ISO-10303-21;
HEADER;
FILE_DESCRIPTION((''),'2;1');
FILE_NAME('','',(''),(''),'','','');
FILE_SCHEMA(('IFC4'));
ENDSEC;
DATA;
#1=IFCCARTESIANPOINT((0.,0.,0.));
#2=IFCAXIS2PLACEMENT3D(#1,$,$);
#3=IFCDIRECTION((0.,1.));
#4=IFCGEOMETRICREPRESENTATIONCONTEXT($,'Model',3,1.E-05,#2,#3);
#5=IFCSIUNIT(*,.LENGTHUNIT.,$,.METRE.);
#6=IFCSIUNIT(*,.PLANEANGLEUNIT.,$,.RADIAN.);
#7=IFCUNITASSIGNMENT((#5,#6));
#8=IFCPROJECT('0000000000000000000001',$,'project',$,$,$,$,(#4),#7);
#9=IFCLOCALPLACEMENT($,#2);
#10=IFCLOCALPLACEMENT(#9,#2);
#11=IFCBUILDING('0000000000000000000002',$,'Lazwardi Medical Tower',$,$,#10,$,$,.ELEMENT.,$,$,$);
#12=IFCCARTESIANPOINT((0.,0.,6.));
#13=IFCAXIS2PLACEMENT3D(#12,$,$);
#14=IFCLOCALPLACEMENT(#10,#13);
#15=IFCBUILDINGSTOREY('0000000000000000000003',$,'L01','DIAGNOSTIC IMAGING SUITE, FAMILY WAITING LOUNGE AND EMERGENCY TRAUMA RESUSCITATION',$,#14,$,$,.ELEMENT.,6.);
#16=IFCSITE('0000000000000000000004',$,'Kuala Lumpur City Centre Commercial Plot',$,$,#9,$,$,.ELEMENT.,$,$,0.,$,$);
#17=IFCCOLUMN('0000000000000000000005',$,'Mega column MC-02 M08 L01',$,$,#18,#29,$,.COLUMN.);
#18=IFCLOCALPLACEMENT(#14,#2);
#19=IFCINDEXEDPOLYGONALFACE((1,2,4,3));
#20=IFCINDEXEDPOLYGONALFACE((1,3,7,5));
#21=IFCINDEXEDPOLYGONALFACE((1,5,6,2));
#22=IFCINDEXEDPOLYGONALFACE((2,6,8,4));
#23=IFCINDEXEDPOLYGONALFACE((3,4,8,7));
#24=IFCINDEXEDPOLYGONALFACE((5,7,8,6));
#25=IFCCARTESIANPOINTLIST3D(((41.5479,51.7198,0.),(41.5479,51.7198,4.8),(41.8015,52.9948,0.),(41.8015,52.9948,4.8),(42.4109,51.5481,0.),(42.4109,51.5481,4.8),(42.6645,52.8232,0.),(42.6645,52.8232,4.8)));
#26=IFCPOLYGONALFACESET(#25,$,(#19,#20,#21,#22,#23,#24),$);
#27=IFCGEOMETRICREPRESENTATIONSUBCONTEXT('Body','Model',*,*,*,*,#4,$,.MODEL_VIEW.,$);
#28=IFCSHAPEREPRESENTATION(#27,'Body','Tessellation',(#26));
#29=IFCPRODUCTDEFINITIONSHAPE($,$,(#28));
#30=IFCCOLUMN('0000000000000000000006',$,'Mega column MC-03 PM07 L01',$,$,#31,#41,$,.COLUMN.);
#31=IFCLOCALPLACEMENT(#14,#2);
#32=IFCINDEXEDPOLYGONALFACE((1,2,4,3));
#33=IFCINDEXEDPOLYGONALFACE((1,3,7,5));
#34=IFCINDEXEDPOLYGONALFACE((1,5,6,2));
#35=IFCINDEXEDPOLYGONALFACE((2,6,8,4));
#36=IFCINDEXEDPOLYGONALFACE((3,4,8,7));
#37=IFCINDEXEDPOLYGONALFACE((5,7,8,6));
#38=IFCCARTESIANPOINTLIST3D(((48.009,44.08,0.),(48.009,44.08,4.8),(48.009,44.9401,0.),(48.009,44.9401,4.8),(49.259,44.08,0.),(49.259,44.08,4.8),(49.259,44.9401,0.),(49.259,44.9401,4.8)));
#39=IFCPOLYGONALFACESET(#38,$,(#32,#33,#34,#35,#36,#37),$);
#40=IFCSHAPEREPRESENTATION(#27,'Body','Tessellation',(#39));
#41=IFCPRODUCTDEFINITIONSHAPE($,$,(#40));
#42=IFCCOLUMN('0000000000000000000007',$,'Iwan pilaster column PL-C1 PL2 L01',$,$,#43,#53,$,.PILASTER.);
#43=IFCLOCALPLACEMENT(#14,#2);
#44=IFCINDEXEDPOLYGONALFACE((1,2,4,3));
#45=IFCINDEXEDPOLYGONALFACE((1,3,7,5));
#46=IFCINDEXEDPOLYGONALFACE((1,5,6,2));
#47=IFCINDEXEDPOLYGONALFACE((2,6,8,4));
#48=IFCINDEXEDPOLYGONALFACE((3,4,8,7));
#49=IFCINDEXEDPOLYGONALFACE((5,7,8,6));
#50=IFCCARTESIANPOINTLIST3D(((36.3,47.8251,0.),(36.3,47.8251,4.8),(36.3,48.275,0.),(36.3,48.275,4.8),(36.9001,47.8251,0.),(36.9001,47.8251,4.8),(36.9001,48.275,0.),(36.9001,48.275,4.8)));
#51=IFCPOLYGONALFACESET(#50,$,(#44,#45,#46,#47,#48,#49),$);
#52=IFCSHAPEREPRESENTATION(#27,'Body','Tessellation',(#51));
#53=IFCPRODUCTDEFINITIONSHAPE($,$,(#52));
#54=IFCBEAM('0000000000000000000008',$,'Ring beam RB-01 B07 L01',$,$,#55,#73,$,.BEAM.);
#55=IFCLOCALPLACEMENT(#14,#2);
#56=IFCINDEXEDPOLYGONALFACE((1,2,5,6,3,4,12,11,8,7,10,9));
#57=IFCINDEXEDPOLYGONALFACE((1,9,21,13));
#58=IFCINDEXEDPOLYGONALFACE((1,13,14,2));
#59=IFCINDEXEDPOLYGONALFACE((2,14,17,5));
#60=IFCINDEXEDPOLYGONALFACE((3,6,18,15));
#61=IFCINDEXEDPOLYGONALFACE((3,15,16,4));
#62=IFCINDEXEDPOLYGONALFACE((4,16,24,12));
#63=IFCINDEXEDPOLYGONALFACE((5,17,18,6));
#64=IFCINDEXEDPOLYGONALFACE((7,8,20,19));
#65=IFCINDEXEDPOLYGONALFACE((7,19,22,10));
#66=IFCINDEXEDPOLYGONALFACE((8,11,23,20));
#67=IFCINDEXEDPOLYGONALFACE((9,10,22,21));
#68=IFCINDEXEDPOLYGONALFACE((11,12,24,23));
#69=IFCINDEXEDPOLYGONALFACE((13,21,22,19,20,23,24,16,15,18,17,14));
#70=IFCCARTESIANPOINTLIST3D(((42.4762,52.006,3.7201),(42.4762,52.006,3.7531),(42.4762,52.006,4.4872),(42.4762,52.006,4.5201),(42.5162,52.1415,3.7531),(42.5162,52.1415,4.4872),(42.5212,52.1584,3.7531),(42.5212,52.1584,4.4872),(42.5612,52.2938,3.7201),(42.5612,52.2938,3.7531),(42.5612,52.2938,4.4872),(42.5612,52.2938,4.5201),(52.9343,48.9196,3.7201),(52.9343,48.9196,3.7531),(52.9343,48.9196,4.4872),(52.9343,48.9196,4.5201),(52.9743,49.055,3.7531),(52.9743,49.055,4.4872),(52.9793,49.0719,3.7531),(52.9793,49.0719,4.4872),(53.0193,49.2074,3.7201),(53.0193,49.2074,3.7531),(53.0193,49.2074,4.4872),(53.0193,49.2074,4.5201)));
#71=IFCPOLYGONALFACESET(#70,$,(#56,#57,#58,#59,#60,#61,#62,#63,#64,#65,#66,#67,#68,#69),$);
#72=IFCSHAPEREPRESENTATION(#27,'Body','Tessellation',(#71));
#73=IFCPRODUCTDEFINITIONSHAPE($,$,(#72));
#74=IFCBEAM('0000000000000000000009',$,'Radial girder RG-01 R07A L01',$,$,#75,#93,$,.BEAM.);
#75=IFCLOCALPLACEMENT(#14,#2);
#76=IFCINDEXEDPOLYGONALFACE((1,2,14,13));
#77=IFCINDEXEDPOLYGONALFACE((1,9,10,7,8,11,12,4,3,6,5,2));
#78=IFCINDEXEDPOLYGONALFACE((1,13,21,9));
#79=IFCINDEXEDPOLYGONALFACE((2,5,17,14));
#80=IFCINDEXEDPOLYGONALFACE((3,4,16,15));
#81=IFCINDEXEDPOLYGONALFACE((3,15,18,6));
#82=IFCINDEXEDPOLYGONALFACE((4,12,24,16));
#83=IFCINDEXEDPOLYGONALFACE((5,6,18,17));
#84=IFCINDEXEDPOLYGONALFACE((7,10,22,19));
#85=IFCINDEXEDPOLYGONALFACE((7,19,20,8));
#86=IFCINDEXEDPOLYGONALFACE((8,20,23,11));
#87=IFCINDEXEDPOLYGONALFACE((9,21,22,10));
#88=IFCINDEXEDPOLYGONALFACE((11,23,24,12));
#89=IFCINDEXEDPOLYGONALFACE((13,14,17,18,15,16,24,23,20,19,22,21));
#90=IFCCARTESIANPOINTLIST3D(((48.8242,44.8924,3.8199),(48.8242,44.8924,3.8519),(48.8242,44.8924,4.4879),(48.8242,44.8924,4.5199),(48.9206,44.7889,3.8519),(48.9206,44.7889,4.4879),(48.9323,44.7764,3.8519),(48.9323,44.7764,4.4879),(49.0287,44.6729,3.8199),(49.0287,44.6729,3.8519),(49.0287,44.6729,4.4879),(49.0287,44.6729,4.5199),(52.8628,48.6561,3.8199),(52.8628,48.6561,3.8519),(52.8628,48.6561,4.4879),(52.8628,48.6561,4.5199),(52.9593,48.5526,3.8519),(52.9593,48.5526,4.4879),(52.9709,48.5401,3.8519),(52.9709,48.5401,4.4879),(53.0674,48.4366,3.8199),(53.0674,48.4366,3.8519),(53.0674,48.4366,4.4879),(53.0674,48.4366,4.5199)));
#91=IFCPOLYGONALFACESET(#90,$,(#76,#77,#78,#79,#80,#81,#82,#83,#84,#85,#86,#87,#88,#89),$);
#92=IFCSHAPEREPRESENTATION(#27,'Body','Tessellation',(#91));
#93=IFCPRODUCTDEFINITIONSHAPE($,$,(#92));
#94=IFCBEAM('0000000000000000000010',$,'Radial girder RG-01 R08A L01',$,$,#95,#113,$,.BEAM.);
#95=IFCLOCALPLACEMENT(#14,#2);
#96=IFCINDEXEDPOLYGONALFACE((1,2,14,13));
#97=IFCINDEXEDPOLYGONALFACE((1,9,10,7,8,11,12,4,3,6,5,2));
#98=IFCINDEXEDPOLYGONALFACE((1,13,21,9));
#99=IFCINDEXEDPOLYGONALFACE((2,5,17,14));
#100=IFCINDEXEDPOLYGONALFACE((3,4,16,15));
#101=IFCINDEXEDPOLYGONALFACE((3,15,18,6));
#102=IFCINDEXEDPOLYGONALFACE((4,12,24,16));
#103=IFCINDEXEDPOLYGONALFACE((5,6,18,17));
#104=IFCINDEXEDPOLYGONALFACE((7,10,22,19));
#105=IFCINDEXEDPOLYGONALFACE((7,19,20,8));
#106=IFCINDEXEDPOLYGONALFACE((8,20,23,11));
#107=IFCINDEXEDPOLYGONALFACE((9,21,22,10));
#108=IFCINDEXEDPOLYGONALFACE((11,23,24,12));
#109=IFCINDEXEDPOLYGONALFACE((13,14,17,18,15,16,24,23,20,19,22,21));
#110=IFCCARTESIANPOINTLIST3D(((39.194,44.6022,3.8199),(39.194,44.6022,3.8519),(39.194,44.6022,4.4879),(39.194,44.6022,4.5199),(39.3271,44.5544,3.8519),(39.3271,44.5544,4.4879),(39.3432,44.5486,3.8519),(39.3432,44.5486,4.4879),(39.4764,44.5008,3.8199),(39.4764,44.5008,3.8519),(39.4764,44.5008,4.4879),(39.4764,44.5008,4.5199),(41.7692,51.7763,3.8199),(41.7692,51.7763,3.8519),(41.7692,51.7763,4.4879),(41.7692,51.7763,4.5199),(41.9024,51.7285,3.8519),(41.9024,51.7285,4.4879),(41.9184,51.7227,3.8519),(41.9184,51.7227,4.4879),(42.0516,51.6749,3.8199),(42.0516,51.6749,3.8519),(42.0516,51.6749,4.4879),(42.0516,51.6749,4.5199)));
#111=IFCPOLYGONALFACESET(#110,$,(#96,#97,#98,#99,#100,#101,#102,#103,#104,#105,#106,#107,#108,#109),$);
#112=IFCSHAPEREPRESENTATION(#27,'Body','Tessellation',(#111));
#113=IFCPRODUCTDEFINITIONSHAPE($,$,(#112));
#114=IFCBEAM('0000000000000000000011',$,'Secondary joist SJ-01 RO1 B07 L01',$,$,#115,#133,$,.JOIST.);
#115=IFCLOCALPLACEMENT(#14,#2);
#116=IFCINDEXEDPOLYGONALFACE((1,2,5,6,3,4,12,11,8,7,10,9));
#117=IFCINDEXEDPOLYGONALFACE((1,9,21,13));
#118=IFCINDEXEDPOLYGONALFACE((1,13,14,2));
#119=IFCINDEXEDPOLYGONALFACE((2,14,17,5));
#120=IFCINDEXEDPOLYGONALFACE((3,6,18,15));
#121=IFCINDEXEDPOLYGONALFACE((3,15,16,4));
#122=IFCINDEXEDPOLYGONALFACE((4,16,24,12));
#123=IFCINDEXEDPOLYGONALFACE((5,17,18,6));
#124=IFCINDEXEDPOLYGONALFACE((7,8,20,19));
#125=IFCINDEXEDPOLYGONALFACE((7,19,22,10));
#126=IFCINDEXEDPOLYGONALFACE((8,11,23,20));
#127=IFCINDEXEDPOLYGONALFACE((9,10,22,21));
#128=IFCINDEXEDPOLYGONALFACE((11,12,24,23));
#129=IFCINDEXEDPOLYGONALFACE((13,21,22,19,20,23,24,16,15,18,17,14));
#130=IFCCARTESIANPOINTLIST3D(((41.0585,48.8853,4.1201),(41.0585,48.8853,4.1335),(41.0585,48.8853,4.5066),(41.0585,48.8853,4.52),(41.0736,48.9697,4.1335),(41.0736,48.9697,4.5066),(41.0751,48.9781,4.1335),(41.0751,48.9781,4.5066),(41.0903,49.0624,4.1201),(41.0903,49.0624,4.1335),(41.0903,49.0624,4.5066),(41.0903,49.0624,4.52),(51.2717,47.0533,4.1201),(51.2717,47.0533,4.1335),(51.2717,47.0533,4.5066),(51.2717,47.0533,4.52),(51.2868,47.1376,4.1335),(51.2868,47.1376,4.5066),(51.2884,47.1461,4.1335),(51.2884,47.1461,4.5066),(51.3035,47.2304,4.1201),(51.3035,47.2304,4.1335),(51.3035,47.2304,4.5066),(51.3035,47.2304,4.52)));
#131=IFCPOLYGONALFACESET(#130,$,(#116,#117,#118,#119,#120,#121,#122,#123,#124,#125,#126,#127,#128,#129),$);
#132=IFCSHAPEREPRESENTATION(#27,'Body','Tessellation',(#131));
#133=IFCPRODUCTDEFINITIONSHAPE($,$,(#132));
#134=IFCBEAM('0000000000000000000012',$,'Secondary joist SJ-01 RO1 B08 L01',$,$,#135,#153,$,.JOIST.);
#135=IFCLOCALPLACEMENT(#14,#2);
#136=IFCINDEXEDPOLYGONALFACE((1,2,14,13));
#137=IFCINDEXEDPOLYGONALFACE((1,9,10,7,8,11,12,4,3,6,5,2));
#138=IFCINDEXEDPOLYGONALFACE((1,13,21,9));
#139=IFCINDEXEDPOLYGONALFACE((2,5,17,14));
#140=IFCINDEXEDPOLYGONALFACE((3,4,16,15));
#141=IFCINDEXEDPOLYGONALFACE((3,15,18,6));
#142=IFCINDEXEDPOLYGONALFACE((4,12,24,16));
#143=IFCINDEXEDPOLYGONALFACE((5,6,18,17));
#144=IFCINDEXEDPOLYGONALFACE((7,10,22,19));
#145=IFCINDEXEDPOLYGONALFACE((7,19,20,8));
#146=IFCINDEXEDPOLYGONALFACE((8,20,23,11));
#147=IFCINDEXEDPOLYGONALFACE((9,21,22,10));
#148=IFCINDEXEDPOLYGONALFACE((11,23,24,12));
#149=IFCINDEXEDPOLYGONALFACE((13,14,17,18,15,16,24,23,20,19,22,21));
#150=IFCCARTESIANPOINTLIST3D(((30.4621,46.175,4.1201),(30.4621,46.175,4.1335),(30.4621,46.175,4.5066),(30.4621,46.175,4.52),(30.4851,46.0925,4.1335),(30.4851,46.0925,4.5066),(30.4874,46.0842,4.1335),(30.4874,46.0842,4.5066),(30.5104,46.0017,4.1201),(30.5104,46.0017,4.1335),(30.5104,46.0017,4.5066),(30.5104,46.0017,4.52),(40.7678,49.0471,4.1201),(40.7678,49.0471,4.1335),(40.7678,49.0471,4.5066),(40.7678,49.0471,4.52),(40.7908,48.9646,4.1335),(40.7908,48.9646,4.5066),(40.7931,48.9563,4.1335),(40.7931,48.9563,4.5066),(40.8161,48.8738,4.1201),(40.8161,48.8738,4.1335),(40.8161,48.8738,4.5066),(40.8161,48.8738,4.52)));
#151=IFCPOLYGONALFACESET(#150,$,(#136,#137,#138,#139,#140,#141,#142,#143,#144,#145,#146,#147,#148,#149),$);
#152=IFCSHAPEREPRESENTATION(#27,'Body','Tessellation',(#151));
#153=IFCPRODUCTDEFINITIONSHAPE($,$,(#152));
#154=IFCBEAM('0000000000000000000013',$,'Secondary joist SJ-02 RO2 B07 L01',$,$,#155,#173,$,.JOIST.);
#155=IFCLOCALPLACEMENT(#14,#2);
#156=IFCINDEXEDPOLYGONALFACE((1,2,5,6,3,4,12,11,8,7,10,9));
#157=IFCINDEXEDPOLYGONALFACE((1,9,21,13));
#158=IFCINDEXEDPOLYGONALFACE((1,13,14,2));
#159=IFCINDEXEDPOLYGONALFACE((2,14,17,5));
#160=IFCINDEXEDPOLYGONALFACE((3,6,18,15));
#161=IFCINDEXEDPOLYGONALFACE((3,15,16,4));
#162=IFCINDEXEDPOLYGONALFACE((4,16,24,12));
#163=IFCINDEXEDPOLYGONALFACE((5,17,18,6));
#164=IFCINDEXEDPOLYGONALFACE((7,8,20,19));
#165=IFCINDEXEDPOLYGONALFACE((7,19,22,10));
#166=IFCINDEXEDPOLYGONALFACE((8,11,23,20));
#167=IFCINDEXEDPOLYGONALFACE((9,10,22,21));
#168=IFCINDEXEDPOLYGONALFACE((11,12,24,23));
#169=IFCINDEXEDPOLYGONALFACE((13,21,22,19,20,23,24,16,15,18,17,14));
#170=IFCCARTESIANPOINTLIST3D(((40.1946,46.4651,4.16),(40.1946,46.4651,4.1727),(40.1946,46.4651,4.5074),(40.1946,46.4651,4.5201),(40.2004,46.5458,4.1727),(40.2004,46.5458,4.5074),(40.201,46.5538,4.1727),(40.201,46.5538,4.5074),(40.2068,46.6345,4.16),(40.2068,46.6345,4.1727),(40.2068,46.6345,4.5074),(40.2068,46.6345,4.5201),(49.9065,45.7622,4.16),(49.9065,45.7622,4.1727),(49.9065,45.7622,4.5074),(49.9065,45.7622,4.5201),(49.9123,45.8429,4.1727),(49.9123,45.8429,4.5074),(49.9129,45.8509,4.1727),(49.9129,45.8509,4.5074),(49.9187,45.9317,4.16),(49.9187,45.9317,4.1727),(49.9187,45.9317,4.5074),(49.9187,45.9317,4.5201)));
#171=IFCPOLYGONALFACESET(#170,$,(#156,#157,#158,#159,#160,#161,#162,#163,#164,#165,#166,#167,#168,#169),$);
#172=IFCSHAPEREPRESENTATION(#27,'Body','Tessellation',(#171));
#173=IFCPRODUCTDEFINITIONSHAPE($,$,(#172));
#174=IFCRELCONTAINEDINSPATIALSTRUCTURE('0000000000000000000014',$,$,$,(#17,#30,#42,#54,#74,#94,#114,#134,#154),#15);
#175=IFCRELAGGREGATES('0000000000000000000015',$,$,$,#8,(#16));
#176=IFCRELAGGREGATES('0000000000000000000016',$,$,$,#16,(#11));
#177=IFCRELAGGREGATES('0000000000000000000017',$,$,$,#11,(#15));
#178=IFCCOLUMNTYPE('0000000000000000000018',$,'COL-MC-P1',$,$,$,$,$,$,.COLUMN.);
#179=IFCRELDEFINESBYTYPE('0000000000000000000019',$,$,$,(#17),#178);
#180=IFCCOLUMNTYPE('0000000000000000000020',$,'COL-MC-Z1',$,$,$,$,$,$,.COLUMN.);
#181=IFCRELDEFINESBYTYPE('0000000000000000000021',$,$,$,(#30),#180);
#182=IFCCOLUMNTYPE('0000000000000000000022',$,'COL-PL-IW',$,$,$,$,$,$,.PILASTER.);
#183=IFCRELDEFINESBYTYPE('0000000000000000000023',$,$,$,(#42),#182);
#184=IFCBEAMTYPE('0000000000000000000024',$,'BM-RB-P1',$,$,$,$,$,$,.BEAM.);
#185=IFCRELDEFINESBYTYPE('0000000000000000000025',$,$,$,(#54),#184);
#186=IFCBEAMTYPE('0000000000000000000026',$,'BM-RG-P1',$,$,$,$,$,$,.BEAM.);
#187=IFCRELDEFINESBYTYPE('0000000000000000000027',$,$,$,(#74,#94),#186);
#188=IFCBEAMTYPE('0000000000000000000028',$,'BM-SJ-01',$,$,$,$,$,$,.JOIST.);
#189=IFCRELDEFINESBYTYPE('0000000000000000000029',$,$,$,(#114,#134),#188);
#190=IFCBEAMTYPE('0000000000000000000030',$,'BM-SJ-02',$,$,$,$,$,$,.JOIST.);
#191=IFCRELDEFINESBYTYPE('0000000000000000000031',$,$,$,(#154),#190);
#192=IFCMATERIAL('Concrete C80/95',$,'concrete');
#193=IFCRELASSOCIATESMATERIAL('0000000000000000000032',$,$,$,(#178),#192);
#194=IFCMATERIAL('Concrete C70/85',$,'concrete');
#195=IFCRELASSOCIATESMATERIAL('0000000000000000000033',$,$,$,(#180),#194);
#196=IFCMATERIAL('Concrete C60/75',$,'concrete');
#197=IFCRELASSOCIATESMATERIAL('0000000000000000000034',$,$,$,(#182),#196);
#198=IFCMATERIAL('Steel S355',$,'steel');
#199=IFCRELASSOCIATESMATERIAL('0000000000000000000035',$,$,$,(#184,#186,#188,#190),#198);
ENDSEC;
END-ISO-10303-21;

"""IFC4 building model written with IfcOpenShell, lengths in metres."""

from ifc_helpers import new_model, si_unit, direction, frame, origin, origin_2d, place, context, subcontext, project, spatial, rectangle, i_section, extrude, material, material_profile, profile_set, type_object, element, save


model = new_model("IFC4")

# Units and contexts
model_context = context("Model", 3, precision=1e-05, world=origin(), true_north=direction((0.0, 1.0)))
body_context = subcontext(model_context, "Body", "Model", "MODEL_VIEW")
ifc_project = project(units=[si_unit("LENGTHUNIT", "METRE"), si_unit("PLANEANGLEUNIT", "RADIAN")], contexts=[model_context])

# Site, building, storey
site_placement = place(None, origin())
site = spatial("IfcSite", under=ifc_project, at=site_placement, Name="Kuala Lumpur City Centre Commercial Plot", CompositionType="ELEMENT", RefElevation=0.0)
building_placement = place(site_placement, origin())
building = spatial("IfcBuilding", under=site, at=building_placement, Name="Lazwardi Medical Tower", CompositionType="ELEMENT")
storey_placement = place(building_placement, frame((0.0, 0.0, 6.0)))
storey = spatial("IfcBuildingStorey", under=building, at=storey_placement, Name="L01", Description="DIAGNOSTIC IMAGING SUITE, FAMILY WAITING LOUNGE AND EMERGENCY TRAUMA RESUSCITATION", CompositionType="ELEMENT", Elevation=6.0)

# Columns
ifc_material_1 = material(Name="Concrete C80/95", Category="concrete")
ifc_material_profile_1 = material_profile(ifc_material_1, rectangle(XDim=1.3, YDim=0.8799, at=origin_2d()), Name="CFT-RECT 1300x880")
ifc_profile_set_1 = profile_set([ifc_material_profile_1], Name="Concrete C80/95")
column_type_1 = type_object("IfcColumnType", Name="COL-MC-P1", PredefinedType="COLUMN", material=ifc_profile_set_1)
column_1_placement = place(storey_placement, frame((42.1062, 52.2715, 0.0), z_axis=(0.0, 0.0, 1.0), x_axis=(0.19509, 0.980785, 0.0)))
element("IfcColumn", 1, at=column_1_placement, inside=storey, type_object=column_type_1, Name="Mega column MC-02 M08 L01", PredefinedType="COLUMN", context=body_context, shape_type="SweptSolid", body=[
    extrude(rectangle(XDim=1.3, YDim=0.8799, at=origin_2d()), origin(), (0.0, 0.0, 1.0), 4.8),
])
ifc_material_2 = material(Name="Concrete C70/85", Category="concrete")
ifc_material_profile_2 = material_profile(ifc_material_2, rectangle(XDim=1.25, YDim=0.8601, at=origin_2d()), Name="CFT-RECT 1250x860")
ifc_profile_set_2 = profile_set([ifc_material_profile_2], Name="Concrete C70/85")
column_type_2 = type_object("IfcColumnType", Name="COL-MC-Z1", PredefinedType="COLUMN", material=ifc_profile_set_2)
column_2_placement = place(storey_placement, frame((48.634, 44.51, 0.0), z_axis=(0.0, 0.0, 1.0), x_axis=(1.0, 0.0, 0.0)))
element("IfcColumn", 2, at=column_2_placement, inside=storey, type_object=column_type_2, Name="Mega column MC-03 PM07 L01", PredefinedType="COLUMN", context=body_context, shape_type="SweptSolid", body=[
    extrude(rectangle(XDim=1.25, YDim=0.8601, at=origin_2d()), origin(), (0.0, 0.0, 1.0), 4.8),
])
ifc_material_3 = material(Name="Concrete C60/75", Category="concrete")
ifc_material_profile_3 = material_profile(ifc_material_3, rectangle(XDim=0.6001, YDim=0.45, at=origin_2d()), Name="RC 600x450")
ifc_profile_set_3 = profile_set([ifc_material_profile_3], Name="Concrete C60/75")
column_type_3 = type_object("IfcColumnType", Name="COL-PL-IW", PredefinedType="PILASTER", material=ifc_profile_set_3)
column_3_placement = place(storey_placement, frame((36.6001, 48.05, 0.0), z_axis=(0.0, 0.0, 1.0), x_axis=(1.0, 0.0, 0.0)))
element("IfcColumn", 3, at=column_3_placement, inside=storey, type_object=column_type_3, Name="Iwan pilaster column PL-C1 PL2 L01", PredefinedType="PILASTER", context=body_context, shape_type="SweptSolid", body=[
    extrude(rectangle(XDim=0.6001, YDim=0.45, at=origin_2d()), origin(), (0.0, 0.0, 1.0), 4.8),
])

# Beams
ifc_material_4 = material(Name="Steel S355", Category="steel")
ifc_material_profile_4 = material_profile(ifc_material_4, i_section(OverallWidth=0.3, OverallDepth=0.8, WebThickness=0.0176, FlangeThickness=0.033, at=origin_2d()), Name="HEB 800")
ifc_profile_set_4 = profile_set([ifc_material_profile_4], Name="Steel S355")
beam_type_1 = type_object("IfcBeamType", Name="BM-RB-P1", PredefinedType="BEAM", material=ifc_profile_set_4)
beam_1_placement = place(storey_placement, frame((52.9768, 49.0635, 4.1201), z_axis=(-0.959103, 0.283056, 0.0), x_axis=(-0.283056, -0.959103, 0.0)))
element("IfcBeam", 4, at=beam_1_placement, inside=storey, type_object=beam_type_1, Name="Ring beam RB-01 B07 L01", PredefinedType="BEAM", context=body_context, shape_type="SweptSolid", body=[
    extrude(i_section(OverallWidth=0.3, OverallDepth=0.8, WebThickness=0.0176, FlangeThickness=0.033, at=origin_2d()), origin(), (0.0, 0.0, 1.0), 10.9041),
])
ifc_material_profile_5 = material_profile(ifc_material_4, i_section(OverallWidth=0.3, OverallDepth=0.7, WebThickness=0.0171, FlangeThickness=0.032, at=origin_2d()), Name="HEB 700")
ifc_profile_set_5 = profile_set([ifc_material_profile_5], Name="Steel S355")
beam_type_2 = type_object("IfcBeamType", Name="BM-RG-P1", PredefinedType="BEAM", material=ifc_profile_set_5)
beam_2_placement = place(storey_placement, frame((52.9651, 48.5464, 4.1699), z_axis=(-0.731567, -0.68177, 0.0), x_axis=(0.68177, -0.731567, 0.0)))
element("IfcBeam", 5, at=beam_2_placement, inside=storey, type_object=beam_type_2, Name="Radial girder RG-01 R07A L01", PredefinedType="BEAM", context=body_context, shape_type="SweptSolid", body=[
    extrude(i_section(OverallWidth=0.3, OverallDepth=0.7, WebThickness=0.0171, FlangeThickness=0.032, at=origin_2d()), origin(), (0.0, 0.0, 1.0), 5.5205),
])
beam_3_placement = place(storey_placement, frame((41.9104, 51.7256, 4.1699), z_axis=(-0.337852, -0.941199, 0.0), x_axis=(0.941199, -0.337852, 0.0)))
element("IfcBeam", 6, at=beam_3_placement, inside=storey, type_object=beam_type_2, Name="Radial girder RG-01 R08A L01", PredefinedType="BEAM", context=body_context, shape_type="SweptSolid", body=[
    extrude(i_section(OverallWidth=0.3, OverallDepth=0.7, WebThickness=0.0171, FlangeThickness=0.032, at=origin_2d()), origin(), (0.0, 0.0, 1.0), 7.6223),
])
ifc_material_profile_6 = material_profile(ifc_material_4, i_section(OverallWidth=0.1799, OverallDepth=0.3999, WebThickness=0.0085, FlangeThickness=0.0134, at=origin_2d()), Name="IPE 400")
ifc_profile_set_6 = profile_set([ifc_material_profile_6], Name="Steel S355")
beam_type_3 = type_object("IfcBeamType", Name="BM-SJ-01", PredefinedType="JOIST", material=ifc_profile_set_6)
beam_4_placement = place(storey_placement, frame((51.2876, 47.1418, 4.3201), z_axis=(-0.98429, 0.176562, 0.0), x_axis=(-0.176562, -0.98429, 0.0)))
element("IfcBeam", 7, at=beam_4_placement, inside=storey, type_object=beam_type_3, Name="Secondary joist SJ-01 RO1 B07 L01", PredefinedType="JOIST", context=body_context, shape_type="SweptSolid", body=[
    extrude(i_section(OverallWidth=0.1799, OverallDepth=0.3999, WebThickness=0.0085, FlangeThickness=0.0134, at=origin_2d()), origin(), (0.0, 0.0, 1.0), 10.3762),
])
beam_5_placement = place(storey_placement, frame((40.792, 48.9604, 4.3201), z_axis=(-0.963291, -0.268458, 0.0), x_axis=(0.268458, -0.963291, 0.0)))
element("IfcBeam", 8, at=beam_5_placement, inside=storey, type_object=beam_type_3, Name="Secondary joist SJ-01 RO1 B08 L01", PredefinedType="JOIST", context=body_context, shape_type="SweptSolid", body=[
    extrude(i_section(OverallWidth=0.1799, OverallDepth=0.3999, WebThickness=0.0085, FlangeThickness=0.0134, at=origin_2d()), origin(), (0.0, 0.0, 1.0), 10.6985),
])
ifc_material_profile_7 = material_profile(ifc_material_4, i_section(OverallWidth=0.1699, OverallDepth=0.3601, WebThickness=0.0081, FlangeThickness=0.0127, at=origin_2d()), Name="IPE 360")
ifc_profile_set_7 = profile_set([ifc_material_profile_7], Name="Steel S355")
beam_type_4 = type_object("IfcBeamType", Name="BM-SJ-02", PredefinedType="JOIST", material=ifc_profile_set_7)
beam_6_placement = place(storey_placement, frame((49.9126, 45.8469, 4.3401), z_axis=(-0.997391, 0.072184, 0.0), x_axis=(-0.072184, -0.997391, 0.0)))
element("IfcBeam", 9, at=beam_6_placement, inside=storey, type_object=beam_type_4, Name="Secondary joist SJ-02 RO2 B07 L01", PredefinedType="JOIST", context=body_context, shape_type="SweptSolid", body=[
    extrude(i_section(OverallWidth=0.1699, OverallDepth=0.3601, WebThickness=0.0081, FlangeThickness=0.0127, at=origin_2d()), origin(), (0.0, 0.0, 1.0), 9.7373),
])

save(model, "model.ifc")
